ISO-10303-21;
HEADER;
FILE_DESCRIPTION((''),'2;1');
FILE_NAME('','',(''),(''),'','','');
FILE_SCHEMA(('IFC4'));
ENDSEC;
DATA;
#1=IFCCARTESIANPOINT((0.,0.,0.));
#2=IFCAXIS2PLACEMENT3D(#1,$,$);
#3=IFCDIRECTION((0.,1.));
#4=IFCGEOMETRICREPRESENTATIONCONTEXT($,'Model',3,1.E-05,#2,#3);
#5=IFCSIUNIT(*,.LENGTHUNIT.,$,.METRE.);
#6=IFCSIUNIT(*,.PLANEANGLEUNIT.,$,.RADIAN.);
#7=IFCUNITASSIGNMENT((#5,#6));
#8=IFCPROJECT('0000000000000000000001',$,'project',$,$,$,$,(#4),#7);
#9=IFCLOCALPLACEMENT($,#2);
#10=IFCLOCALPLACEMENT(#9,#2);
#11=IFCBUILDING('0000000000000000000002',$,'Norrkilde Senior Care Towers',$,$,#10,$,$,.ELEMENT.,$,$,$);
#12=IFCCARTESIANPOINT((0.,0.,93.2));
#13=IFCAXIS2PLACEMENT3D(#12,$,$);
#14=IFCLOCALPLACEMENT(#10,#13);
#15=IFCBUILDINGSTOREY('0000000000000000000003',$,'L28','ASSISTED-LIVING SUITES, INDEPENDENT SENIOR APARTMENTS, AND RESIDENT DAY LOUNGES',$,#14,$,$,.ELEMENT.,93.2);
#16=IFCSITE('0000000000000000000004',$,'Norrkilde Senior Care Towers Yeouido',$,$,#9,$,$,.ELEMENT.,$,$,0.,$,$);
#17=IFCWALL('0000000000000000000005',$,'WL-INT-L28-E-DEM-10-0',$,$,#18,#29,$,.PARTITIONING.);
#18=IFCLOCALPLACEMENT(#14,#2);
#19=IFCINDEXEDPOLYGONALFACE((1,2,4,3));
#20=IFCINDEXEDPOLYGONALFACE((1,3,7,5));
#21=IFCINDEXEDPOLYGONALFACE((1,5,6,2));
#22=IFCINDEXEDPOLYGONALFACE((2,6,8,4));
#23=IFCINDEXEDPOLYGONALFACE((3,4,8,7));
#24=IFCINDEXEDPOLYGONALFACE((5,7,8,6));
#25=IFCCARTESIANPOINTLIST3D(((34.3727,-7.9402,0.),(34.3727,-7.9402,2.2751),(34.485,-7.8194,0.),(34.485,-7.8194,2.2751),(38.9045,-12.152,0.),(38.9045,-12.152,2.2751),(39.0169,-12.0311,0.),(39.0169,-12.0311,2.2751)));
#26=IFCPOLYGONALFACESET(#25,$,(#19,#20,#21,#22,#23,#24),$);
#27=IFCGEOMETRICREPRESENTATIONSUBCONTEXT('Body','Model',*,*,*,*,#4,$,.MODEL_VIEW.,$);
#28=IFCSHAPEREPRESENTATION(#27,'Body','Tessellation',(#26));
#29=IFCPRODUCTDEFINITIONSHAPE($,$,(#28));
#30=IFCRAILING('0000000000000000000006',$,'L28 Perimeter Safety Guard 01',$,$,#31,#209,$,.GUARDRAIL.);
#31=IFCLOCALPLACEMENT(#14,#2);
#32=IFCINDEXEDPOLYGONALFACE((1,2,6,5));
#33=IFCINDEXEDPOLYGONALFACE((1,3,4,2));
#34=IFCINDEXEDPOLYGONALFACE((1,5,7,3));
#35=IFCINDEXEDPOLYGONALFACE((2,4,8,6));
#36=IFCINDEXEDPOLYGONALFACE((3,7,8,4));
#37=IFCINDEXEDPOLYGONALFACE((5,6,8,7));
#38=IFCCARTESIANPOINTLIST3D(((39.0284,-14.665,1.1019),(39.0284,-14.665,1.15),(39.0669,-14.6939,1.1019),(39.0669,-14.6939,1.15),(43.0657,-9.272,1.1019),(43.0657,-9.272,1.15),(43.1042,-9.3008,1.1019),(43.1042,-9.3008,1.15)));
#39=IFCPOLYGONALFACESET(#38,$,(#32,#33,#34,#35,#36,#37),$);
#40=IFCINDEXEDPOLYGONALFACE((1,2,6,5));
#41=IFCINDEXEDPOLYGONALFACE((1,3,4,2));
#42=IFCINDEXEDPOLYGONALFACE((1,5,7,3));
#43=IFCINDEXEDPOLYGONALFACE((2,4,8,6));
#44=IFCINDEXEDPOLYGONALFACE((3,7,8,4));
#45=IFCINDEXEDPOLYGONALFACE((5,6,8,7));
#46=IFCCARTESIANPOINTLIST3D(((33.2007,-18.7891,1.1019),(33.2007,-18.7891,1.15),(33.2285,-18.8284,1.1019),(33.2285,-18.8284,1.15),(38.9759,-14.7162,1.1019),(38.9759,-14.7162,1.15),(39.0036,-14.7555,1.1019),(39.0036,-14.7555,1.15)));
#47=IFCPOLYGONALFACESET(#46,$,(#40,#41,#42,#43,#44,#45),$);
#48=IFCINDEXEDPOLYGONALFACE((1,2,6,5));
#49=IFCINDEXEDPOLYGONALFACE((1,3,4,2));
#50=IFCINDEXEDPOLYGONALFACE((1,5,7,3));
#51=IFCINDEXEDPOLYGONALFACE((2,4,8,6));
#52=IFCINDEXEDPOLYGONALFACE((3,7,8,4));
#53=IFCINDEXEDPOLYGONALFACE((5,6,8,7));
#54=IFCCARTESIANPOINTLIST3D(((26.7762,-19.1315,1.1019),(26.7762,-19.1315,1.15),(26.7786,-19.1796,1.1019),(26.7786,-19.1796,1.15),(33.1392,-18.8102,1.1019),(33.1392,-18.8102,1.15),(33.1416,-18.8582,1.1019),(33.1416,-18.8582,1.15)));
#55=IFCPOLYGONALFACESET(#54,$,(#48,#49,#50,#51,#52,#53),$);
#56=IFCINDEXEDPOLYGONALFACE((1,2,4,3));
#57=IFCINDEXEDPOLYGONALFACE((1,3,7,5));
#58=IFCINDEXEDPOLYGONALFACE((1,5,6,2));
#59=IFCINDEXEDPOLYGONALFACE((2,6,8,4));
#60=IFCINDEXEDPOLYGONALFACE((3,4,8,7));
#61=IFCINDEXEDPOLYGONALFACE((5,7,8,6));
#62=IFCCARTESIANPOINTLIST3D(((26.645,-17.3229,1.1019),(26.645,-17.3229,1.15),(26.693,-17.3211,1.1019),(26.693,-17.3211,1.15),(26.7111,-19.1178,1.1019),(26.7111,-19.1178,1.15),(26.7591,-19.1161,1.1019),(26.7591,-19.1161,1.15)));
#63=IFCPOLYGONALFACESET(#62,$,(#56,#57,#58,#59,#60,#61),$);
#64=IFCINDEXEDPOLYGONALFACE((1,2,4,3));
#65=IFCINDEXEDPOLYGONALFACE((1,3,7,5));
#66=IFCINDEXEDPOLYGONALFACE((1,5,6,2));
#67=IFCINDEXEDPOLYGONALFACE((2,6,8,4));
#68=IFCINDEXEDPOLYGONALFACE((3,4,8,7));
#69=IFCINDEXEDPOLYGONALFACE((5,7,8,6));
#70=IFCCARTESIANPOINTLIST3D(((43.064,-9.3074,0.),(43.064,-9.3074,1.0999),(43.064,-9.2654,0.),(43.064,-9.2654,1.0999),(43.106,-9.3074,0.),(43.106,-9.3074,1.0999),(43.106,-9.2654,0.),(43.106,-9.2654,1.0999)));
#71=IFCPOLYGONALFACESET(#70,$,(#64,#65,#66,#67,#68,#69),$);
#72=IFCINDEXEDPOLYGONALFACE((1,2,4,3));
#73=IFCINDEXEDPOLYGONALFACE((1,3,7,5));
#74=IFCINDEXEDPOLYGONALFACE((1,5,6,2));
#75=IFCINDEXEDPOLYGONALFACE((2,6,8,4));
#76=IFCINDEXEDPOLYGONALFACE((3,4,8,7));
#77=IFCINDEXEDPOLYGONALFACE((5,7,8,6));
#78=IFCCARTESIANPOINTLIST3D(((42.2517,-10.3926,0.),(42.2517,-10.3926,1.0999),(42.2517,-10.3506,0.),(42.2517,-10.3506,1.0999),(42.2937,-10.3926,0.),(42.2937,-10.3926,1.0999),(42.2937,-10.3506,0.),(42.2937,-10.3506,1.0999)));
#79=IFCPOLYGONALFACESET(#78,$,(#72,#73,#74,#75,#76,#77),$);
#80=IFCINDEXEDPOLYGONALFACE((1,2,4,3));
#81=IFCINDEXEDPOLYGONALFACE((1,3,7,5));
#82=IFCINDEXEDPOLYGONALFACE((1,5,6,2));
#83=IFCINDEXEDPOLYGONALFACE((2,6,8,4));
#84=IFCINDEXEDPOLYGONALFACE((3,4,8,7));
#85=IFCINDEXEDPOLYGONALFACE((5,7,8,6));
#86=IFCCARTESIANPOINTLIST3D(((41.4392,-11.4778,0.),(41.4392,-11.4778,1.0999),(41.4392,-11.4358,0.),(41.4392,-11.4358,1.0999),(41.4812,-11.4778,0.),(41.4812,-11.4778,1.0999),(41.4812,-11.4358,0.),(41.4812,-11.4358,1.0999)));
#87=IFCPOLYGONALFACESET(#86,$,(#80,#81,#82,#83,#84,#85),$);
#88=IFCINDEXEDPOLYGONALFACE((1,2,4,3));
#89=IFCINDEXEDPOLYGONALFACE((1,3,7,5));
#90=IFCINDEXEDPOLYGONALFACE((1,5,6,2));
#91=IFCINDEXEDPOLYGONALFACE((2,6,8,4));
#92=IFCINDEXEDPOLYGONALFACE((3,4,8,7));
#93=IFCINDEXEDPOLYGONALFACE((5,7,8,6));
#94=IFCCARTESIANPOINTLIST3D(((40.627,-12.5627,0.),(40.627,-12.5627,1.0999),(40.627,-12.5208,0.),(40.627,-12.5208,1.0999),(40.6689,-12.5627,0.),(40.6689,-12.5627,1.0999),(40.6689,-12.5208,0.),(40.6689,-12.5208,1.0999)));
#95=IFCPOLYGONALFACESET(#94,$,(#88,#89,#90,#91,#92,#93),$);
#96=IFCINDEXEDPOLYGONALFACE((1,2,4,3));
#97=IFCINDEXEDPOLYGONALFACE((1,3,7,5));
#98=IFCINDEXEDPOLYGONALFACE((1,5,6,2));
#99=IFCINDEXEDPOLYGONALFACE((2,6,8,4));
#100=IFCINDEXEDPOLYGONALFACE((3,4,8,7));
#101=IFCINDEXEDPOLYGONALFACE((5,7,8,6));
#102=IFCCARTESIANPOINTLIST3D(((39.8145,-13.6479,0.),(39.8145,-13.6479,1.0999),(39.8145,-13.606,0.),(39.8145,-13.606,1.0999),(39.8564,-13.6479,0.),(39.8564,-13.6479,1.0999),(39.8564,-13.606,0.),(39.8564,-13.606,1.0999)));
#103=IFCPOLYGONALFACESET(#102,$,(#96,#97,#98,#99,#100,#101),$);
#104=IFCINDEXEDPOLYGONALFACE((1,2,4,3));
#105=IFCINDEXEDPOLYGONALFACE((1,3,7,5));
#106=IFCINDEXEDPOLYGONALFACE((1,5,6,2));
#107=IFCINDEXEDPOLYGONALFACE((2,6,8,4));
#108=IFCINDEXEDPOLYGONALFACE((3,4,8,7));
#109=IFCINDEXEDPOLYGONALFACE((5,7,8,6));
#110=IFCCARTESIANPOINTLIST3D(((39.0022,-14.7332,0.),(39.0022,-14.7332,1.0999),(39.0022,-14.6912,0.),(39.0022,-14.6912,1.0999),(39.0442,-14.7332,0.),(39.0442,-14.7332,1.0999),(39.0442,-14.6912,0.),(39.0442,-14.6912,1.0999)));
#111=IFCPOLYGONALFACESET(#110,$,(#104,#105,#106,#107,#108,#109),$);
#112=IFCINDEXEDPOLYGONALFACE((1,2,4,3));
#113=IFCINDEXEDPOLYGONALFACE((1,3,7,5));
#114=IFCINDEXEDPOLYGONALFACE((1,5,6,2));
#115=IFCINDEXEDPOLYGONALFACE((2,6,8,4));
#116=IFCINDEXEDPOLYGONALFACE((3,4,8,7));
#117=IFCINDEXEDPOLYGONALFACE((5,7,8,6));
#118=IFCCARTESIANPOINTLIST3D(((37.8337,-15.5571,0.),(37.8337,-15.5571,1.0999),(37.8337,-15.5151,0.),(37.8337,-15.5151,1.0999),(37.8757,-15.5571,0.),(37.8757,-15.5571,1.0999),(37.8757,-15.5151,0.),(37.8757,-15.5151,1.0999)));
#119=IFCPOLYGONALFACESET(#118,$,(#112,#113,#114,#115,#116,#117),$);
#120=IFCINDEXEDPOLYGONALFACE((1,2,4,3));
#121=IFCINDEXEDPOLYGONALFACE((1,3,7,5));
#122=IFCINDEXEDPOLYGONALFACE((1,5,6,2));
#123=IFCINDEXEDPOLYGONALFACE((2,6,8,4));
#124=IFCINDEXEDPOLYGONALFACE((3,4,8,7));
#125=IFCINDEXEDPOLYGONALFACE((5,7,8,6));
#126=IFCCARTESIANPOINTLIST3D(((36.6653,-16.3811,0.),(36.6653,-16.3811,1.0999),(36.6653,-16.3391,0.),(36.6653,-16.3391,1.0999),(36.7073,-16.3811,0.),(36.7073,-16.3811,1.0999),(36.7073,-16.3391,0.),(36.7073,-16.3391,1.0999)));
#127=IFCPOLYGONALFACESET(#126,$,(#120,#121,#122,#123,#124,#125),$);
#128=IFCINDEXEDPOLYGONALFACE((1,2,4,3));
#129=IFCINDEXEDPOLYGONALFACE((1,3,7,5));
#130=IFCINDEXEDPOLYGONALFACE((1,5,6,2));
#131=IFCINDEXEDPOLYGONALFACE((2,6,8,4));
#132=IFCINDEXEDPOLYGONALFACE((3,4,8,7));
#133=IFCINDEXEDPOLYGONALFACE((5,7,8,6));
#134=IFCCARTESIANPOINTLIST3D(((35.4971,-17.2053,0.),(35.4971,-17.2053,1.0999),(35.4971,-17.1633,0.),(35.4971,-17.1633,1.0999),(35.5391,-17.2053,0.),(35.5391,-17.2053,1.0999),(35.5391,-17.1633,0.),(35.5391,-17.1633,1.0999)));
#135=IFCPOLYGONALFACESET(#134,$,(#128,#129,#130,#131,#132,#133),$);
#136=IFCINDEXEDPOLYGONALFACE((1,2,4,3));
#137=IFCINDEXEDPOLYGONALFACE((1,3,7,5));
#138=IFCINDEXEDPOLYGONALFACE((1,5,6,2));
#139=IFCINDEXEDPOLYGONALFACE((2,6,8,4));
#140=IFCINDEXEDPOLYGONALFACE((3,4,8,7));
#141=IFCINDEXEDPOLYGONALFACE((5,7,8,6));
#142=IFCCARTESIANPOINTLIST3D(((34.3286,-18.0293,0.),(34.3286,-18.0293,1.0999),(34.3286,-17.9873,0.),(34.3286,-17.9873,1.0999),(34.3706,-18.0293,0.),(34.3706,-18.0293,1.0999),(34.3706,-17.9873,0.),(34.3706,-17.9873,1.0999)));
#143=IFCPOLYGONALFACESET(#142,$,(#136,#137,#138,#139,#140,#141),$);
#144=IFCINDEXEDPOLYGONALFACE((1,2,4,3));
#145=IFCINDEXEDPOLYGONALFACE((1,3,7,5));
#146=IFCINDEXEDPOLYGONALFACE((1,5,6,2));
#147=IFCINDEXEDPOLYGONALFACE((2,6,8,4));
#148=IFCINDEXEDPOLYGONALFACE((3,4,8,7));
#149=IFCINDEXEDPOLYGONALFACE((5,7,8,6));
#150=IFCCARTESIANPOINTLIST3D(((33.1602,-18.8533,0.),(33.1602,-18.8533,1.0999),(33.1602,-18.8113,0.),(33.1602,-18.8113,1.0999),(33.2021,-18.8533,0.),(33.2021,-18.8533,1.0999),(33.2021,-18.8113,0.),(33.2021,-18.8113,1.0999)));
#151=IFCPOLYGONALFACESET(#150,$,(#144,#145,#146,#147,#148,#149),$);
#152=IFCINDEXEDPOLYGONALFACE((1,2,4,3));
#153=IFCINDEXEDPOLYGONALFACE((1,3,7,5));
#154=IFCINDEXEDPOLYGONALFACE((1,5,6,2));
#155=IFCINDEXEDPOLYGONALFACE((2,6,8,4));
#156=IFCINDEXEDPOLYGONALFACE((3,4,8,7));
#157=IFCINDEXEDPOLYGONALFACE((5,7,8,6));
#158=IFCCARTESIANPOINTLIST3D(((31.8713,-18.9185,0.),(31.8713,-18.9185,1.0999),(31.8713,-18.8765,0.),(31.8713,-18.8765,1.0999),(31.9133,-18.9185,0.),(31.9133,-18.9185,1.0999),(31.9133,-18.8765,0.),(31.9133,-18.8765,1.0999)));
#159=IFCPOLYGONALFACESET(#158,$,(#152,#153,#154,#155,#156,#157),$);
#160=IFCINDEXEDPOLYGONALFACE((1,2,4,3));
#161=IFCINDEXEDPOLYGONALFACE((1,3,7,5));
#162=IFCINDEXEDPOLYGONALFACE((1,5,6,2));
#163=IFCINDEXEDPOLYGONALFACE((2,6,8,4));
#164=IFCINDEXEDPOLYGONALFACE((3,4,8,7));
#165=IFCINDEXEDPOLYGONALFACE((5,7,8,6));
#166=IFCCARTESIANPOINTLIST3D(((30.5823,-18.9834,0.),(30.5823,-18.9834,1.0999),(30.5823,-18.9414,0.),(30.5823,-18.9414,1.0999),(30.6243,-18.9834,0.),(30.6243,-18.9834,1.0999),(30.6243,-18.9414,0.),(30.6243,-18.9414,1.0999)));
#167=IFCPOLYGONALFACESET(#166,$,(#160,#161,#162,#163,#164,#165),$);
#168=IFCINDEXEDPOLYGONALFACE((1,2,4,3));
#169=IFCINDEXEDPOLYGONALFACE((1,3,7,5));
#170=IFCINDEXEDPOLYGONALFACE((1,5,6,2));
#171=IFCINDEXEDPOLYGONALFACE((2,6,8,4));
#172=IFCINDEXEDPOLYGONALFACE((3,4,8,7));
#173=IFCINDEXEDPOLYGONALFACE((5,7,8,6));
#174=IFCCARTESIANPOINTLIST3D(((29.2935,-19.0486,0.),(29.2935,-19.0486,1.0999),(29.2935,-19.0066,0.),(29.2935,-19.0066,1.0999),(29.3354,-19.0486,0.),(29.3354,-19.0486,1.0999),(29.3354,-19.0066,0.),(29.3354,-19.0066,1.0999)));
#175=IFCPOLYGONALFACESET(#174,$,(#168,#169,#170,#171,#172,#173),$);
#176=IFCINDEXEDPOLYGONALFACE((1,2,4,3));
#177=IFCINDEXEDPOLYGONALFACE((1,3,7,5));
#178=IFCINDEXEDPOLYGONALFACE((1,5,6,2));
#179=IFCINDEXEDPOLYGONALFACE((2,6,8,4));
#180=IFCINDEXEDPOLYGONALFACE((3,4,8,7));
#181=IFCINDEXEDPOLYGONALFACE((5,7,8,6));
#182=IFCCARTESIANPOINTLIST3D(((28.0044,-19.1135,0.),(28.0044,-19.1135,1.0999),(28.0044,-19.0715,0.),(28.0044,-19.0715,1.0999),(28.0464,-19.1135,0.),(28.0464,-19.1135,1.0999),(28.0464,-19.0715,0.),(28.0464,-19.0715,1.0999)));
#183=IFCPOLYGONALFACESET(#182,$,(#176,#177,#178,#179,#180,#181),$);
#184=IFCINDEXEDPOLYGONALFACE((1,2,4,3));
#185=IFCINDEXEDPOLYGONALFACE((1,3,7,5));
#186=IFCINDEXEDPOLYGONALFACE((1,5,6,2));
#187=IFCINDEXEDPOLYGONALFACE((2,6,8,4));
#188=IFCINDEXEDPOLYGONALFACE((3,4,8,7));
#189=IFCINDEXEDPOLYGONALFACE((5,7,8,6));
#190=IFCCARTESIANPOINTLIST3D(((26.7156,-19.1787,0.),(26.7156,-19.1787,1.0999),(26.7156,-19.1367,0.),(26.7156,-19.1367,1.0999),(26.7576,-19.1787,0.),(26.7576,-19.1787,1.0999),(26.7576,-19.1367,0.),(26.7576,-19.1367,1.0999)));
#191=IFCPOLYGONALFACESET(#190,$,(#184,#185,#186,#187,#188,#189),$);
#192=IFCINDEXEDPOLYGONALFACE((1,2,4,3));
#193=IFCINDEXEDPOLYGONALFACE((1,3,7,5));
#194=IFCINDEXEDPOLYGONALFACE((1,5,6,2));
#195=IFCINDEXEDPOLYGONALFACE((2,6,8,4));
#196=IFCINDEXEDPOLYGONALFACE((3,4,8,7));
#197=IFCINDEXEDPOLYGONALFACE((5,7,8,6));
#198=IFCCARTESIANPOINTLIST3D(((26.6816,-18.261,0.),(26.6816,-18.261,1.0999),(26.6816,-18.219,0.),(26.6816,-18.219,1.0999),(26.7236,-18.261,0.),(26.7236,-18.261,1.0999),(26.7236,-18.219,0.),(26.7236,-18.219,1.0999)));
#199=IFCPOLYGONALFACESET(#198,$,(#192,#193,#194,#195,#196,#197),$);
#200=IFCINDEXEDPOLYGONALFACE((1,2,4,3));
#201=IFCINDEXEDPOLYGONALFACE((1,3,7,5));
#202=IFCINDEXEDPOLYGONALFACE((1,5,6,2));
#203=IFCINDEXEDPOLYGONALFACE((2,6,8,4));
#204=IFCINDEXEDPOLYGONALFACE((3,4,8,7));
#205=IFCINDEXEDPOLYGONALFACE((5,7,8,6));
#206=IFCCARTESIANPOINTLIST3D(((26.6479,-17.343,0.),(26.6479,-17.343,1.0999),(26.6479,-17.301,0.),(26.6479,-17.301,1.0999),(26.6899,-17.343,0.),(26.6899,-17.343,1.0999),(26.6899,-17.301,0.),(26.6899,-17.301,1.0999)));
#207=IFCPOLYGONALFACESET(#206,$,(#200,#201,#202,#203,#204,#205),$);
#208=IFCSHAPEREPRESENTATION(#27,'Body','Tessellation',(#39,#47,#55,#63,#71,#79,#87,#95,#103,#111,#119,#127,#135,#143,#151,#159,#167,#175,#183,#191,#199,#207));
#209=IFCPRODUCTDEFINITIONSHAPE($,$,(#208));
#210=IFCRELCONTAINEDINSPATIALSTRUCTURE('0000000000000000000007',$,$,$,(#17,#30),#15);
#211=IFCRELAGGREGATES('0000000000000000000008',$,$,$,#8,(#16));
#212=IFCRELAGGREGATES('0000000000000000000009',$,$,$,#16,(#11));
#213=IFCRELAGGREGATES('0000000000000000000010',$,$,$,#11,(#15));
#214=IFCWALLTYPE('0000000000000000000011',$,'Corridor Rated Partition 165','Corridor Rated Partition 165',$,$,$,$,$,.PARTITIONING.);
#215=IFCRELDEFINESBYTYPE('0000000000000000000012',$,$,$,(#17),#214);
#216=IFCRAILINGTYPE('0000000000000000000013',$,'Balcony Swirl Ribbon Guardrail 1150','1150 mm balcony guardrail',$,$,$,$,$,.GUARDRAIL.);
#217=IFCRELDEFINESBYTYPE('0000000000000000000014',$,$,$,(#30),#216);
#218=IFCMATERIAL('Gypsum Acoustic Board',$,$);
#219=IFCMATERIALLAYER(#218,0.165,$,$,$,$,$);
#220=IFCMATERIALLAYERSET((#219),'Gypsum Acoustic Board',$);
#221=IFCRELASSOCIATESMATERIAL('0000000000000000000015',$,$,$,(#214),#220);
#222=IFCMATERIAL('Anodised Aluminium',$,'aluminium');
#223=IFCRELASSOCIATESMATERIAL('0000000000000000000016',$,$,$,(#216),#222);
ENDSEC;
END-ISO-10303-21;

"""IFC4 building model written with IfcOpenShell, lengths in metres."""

from ifc_helpers import new_model, si_unit, direction, frame, frame_2d, origin, origin_2d, place, context, subcontext, project, spatial, rectangle, extrude, source, transform, mapped, material, layer, layer_set, type_object, element, save


model = new_model("IFC4")

# Units and contexts
model_context = context("Model", 3, precision=1e-05, world=origin(), true_north=direction((0.0, 1.0)))
body_context = subcontext(model_context, "Body", "Model", "MODEL_VIEW")
ifc_project = project(units=[si_unit("LENGTHUNIT", "METRE"), si_unit("PLANEANGLEUNIT", "RADIAN")], contexts=[model_context])

# Site, building, storey
site_placement = place(None, origin())
site = spatial("IfcSite", under=ifc_project, at=site_placement, Name="Norrkilde Senior Care Towers Yeouido", CompositionType="ELEMENT", RefElevation=0.0)
building_placement = place(site_placement, origin())
building = spatial("IfcBuilding", under=site, at=building_placement, Name="Norrkilde Senior Care Towers", CompositionType="ELEMENT")
storey_placement = place(building_placement, frame((0.0, 0.0, 93.2)))
storey = spatial("IfcBuildingStorey", under=building, at=storey_placement, Name="L28", Description="ASSISTED-LIVING SUITES, INDEPENDENT SENIOR APARTMENTS, AND RESIDENT DAY LOUNGES", CompositionType="ELEMENT", Elevation=93.2)

# Shared definitions
ifc_material_1 = material(Name="Anodised Aluminium", Category="aluminium")

# Shared definitions
ifc_material_2 = material(Name="Gypsum Acoustic Board")
ifc_layer_1 = layer(ifc_material_2, 0.165)
ifc_layer_set_1 = layer_set([ifc_layer_1], Name="Gypsum Acoustic Board")
wall_type_1 = type_object("IfcWallType", Name="Corridor Rated Partition 165", Description="Corridor Rated Partition 165", PredefinedType="PARTITIONING", material=ifc_layer_set_1)

# Wall
shared_shape_1 = source(origin(), body_context, "Body", "SweptSolid", [
    extrude(rectangle(XDim=6.1868, YDim=0.165, at=frame_2d((3.0933, 0.0))), origin(), (0.0, 0.0, 1.0), 2.2751),
])
wall_1_placement = place(storey_placement, frame((34.429, -7.8799, 0.0), z_axis=(0.0, 0.0, 1.0), x_axis=(0.732501, -0.680766, 0.0)))
element("IfcWall", 1, at=wall_1_placement, inside=storey, type_object=wall_type_1, Name="WL-INT-L28-E-DEM-10-0", PredefinedType="PARTITIONING", context=body_context, shape_type="MappedRepresentation", body=[
    mapped(shared_shape_1, transform((0.0, 0.0, 0.0), x_axis=(1.0, 0.0, 0.0), y_axis=(0.0, 1.0, 0.0), z_axis=(0.0, 0.0, 1.0), scale=1.0)),
])

# Railing
railing_type = type_object("IfcRailingType", Name="Balcony Swirl Ribbon Guardrail 1150", Description="1150 mm balcony guardrail", PredefinedType="GUARDRAIL", material=ifc_material_1)
railing_placement = place(storey_placement, frame((43.085, -9.2864, 0.0)))
element("IfcRailing", 2, at=railing_placement, inside=storey, type_object=railing_type, Name="L28 Perimeter Safety Guard 01", PredefinedType="GUARDRAIL", context=body_context, shape_type="SweptSolid", body=[
    extrude(rectangle(XDim=0.0481, YDim=0.0481, at=origin_2d()), frame((0.0, 0.0, 1.126), z_axis=(-0.599285, -0.800536, 0.0), x_axis=(0.800536, -0.599285, 0.0)), (0.0, 0.0, 1.0), 6.7368),
    extrude(rectangle(XDim=0.0481, YDim=0.0481, at=origin_2d()), frame((-4.0952, -5.4495, 1.126), z_axis=(-0.81721, -0.57634, 0.0), x_axis=(0.57634, -0.81721, 0.0)), (0.0, 0.0, 1.0), 7.0669),
    extrude(rectangle(XDim=0.0481, YDim=0.0481, at=origin_2d()), frame((-9.9446, -9.5479, 1.126), z_axis=(-0.998727, -0.050434, 0.0), x_axis=(0.050434, -0.998727, 0.0)), (0.0, 0.0, 1.0), 6.3711),
    extrude(rectangle(XDim=0.0481, YDim=0.0481, at=origin_2d()), frame((-16.3499, -9.8306, 1.126), z_axis=(-0.036815, 0.999322, 0.0), x_axis=(-0.999322, -0.036815, 0.0)), (0.0, 0.0, 1.0), 1.7961),
    extrude(rectangle(XDim=0.042, YDim=0.042, at=origin_2d()), origin(), (0.0, 0.0, 1.0), 1.0999),
    extrude(rectangle(XDim=0.042, YDim=0.042, at=origin_2d()), frame((-0.8123, -1.0852, 0.0)), (0.0, 0.0, 1.0), 1.0999),
    extrude(rectangle(XDim=0.042, YDim=0.042, at=origin_2d()), frame((-1.6248, -2.1704, 0.0)), (0.0, 0.0, 1.0), 1.0999),
    extrude(rectangle(XDim=0.042, YDim=0.042, at=origin_2d()), frame((-2.437, -3.2554, 0.0)), (0.0, 0.0, 1.0), 1.0999),
    extrude(rectangle(XDim=0.042, YDim=0.042, at=origin_2d()), frame((-3.2495, -4.3406, 0.0)), (0.0, 0.0, 1.0), 1.0999),
    extrude(rectangle(XDim=0.042, YDim=0.042, at=origin_2d()), frame((-4.0618, -5.4258, 0.0)), (0.0, 0.0, 1.0), 1.0999),
    extrude(rectangle(XDim=0.042, YDim=0.042, at=origin_2d()), frame((-5.2302, -6.2498, 0.0)), (0.0, 0.0, 1.0), 1.0999),
    extrude(rectangle(XDim=0.042, YDim=0.042, at=origin_2d()), frame((-6.3987, -7.0737, 0.0)), (0.0, 0.0, 1.0), 1.0999),
    extrude(rectangle(XDim=0.042, YDim=0.042, at=origin_2d()), frame((-7.5669, -7.8979, 0.0)), (0.0, 0.0, 1.0), 1.0999),
    extrude(rectangle(XDim=0.042, YDim=0.042, at=origin_2d()), frame((-8.7354, -8.7219, 0.0)), (0.0, 0.0, 1.0), 1.0999),
    extrude(rectangle(XDim=0.042, YDim=0.042, at=origin_2d()), frame((-9.9038, -9.5459, 0.0)), (0.0, 0.0, 1.0), 1.0999),
    extrude(rectangle(XDim=0.042, YDim=0.042, at=origin_2d()), frame((-11.1926, -9.6111, 0.0)), (0.0, 0.0, 1.0), 1.0999),
    extrude(rectangle(XDim=0.042, YDim=0.042, at=origin_2d()), frame((-12.4817, -9.676, 0.0)), (0.0, 0.0, 1.0), 1.0999),
    extrude(rectangle(XDim=0.042, YDim=0.042, at=origin_2d()), frame((-13.7705, -9.7412, 0.0)), (0.0, 0.0, 1.0), 1.0999),
    extrude(rectangle(XDim=0.042, YDim=0.042, at=origin_2d()), frame((-15.0596, -9.8062, 0.0)), (0.0, 0.0, 1.0), 1.0999),
    extrude(rectangle(XDim=0.042, YDim=0.042, at=origin_2d()), frame((-16.3484, -9.8713, 0.0)), (0.0, 0.0, 1.0), 1.0999),
    extrude(rectangle(XDim=0.042, YDim=0.042, at=origin_2d()), frame((-16.3823, -8.9536, 0.0)), (0.0, 0.0, 1.0), 1.0999),
    extrude(rectangle(XDim=0.042, YDim=0.042, at=origin_2d()), frame((-16.416, -8.0356, 0.0)), (0.0, 0.0, 1.0), 1.0999),
])

save(model, "model.ifc")
